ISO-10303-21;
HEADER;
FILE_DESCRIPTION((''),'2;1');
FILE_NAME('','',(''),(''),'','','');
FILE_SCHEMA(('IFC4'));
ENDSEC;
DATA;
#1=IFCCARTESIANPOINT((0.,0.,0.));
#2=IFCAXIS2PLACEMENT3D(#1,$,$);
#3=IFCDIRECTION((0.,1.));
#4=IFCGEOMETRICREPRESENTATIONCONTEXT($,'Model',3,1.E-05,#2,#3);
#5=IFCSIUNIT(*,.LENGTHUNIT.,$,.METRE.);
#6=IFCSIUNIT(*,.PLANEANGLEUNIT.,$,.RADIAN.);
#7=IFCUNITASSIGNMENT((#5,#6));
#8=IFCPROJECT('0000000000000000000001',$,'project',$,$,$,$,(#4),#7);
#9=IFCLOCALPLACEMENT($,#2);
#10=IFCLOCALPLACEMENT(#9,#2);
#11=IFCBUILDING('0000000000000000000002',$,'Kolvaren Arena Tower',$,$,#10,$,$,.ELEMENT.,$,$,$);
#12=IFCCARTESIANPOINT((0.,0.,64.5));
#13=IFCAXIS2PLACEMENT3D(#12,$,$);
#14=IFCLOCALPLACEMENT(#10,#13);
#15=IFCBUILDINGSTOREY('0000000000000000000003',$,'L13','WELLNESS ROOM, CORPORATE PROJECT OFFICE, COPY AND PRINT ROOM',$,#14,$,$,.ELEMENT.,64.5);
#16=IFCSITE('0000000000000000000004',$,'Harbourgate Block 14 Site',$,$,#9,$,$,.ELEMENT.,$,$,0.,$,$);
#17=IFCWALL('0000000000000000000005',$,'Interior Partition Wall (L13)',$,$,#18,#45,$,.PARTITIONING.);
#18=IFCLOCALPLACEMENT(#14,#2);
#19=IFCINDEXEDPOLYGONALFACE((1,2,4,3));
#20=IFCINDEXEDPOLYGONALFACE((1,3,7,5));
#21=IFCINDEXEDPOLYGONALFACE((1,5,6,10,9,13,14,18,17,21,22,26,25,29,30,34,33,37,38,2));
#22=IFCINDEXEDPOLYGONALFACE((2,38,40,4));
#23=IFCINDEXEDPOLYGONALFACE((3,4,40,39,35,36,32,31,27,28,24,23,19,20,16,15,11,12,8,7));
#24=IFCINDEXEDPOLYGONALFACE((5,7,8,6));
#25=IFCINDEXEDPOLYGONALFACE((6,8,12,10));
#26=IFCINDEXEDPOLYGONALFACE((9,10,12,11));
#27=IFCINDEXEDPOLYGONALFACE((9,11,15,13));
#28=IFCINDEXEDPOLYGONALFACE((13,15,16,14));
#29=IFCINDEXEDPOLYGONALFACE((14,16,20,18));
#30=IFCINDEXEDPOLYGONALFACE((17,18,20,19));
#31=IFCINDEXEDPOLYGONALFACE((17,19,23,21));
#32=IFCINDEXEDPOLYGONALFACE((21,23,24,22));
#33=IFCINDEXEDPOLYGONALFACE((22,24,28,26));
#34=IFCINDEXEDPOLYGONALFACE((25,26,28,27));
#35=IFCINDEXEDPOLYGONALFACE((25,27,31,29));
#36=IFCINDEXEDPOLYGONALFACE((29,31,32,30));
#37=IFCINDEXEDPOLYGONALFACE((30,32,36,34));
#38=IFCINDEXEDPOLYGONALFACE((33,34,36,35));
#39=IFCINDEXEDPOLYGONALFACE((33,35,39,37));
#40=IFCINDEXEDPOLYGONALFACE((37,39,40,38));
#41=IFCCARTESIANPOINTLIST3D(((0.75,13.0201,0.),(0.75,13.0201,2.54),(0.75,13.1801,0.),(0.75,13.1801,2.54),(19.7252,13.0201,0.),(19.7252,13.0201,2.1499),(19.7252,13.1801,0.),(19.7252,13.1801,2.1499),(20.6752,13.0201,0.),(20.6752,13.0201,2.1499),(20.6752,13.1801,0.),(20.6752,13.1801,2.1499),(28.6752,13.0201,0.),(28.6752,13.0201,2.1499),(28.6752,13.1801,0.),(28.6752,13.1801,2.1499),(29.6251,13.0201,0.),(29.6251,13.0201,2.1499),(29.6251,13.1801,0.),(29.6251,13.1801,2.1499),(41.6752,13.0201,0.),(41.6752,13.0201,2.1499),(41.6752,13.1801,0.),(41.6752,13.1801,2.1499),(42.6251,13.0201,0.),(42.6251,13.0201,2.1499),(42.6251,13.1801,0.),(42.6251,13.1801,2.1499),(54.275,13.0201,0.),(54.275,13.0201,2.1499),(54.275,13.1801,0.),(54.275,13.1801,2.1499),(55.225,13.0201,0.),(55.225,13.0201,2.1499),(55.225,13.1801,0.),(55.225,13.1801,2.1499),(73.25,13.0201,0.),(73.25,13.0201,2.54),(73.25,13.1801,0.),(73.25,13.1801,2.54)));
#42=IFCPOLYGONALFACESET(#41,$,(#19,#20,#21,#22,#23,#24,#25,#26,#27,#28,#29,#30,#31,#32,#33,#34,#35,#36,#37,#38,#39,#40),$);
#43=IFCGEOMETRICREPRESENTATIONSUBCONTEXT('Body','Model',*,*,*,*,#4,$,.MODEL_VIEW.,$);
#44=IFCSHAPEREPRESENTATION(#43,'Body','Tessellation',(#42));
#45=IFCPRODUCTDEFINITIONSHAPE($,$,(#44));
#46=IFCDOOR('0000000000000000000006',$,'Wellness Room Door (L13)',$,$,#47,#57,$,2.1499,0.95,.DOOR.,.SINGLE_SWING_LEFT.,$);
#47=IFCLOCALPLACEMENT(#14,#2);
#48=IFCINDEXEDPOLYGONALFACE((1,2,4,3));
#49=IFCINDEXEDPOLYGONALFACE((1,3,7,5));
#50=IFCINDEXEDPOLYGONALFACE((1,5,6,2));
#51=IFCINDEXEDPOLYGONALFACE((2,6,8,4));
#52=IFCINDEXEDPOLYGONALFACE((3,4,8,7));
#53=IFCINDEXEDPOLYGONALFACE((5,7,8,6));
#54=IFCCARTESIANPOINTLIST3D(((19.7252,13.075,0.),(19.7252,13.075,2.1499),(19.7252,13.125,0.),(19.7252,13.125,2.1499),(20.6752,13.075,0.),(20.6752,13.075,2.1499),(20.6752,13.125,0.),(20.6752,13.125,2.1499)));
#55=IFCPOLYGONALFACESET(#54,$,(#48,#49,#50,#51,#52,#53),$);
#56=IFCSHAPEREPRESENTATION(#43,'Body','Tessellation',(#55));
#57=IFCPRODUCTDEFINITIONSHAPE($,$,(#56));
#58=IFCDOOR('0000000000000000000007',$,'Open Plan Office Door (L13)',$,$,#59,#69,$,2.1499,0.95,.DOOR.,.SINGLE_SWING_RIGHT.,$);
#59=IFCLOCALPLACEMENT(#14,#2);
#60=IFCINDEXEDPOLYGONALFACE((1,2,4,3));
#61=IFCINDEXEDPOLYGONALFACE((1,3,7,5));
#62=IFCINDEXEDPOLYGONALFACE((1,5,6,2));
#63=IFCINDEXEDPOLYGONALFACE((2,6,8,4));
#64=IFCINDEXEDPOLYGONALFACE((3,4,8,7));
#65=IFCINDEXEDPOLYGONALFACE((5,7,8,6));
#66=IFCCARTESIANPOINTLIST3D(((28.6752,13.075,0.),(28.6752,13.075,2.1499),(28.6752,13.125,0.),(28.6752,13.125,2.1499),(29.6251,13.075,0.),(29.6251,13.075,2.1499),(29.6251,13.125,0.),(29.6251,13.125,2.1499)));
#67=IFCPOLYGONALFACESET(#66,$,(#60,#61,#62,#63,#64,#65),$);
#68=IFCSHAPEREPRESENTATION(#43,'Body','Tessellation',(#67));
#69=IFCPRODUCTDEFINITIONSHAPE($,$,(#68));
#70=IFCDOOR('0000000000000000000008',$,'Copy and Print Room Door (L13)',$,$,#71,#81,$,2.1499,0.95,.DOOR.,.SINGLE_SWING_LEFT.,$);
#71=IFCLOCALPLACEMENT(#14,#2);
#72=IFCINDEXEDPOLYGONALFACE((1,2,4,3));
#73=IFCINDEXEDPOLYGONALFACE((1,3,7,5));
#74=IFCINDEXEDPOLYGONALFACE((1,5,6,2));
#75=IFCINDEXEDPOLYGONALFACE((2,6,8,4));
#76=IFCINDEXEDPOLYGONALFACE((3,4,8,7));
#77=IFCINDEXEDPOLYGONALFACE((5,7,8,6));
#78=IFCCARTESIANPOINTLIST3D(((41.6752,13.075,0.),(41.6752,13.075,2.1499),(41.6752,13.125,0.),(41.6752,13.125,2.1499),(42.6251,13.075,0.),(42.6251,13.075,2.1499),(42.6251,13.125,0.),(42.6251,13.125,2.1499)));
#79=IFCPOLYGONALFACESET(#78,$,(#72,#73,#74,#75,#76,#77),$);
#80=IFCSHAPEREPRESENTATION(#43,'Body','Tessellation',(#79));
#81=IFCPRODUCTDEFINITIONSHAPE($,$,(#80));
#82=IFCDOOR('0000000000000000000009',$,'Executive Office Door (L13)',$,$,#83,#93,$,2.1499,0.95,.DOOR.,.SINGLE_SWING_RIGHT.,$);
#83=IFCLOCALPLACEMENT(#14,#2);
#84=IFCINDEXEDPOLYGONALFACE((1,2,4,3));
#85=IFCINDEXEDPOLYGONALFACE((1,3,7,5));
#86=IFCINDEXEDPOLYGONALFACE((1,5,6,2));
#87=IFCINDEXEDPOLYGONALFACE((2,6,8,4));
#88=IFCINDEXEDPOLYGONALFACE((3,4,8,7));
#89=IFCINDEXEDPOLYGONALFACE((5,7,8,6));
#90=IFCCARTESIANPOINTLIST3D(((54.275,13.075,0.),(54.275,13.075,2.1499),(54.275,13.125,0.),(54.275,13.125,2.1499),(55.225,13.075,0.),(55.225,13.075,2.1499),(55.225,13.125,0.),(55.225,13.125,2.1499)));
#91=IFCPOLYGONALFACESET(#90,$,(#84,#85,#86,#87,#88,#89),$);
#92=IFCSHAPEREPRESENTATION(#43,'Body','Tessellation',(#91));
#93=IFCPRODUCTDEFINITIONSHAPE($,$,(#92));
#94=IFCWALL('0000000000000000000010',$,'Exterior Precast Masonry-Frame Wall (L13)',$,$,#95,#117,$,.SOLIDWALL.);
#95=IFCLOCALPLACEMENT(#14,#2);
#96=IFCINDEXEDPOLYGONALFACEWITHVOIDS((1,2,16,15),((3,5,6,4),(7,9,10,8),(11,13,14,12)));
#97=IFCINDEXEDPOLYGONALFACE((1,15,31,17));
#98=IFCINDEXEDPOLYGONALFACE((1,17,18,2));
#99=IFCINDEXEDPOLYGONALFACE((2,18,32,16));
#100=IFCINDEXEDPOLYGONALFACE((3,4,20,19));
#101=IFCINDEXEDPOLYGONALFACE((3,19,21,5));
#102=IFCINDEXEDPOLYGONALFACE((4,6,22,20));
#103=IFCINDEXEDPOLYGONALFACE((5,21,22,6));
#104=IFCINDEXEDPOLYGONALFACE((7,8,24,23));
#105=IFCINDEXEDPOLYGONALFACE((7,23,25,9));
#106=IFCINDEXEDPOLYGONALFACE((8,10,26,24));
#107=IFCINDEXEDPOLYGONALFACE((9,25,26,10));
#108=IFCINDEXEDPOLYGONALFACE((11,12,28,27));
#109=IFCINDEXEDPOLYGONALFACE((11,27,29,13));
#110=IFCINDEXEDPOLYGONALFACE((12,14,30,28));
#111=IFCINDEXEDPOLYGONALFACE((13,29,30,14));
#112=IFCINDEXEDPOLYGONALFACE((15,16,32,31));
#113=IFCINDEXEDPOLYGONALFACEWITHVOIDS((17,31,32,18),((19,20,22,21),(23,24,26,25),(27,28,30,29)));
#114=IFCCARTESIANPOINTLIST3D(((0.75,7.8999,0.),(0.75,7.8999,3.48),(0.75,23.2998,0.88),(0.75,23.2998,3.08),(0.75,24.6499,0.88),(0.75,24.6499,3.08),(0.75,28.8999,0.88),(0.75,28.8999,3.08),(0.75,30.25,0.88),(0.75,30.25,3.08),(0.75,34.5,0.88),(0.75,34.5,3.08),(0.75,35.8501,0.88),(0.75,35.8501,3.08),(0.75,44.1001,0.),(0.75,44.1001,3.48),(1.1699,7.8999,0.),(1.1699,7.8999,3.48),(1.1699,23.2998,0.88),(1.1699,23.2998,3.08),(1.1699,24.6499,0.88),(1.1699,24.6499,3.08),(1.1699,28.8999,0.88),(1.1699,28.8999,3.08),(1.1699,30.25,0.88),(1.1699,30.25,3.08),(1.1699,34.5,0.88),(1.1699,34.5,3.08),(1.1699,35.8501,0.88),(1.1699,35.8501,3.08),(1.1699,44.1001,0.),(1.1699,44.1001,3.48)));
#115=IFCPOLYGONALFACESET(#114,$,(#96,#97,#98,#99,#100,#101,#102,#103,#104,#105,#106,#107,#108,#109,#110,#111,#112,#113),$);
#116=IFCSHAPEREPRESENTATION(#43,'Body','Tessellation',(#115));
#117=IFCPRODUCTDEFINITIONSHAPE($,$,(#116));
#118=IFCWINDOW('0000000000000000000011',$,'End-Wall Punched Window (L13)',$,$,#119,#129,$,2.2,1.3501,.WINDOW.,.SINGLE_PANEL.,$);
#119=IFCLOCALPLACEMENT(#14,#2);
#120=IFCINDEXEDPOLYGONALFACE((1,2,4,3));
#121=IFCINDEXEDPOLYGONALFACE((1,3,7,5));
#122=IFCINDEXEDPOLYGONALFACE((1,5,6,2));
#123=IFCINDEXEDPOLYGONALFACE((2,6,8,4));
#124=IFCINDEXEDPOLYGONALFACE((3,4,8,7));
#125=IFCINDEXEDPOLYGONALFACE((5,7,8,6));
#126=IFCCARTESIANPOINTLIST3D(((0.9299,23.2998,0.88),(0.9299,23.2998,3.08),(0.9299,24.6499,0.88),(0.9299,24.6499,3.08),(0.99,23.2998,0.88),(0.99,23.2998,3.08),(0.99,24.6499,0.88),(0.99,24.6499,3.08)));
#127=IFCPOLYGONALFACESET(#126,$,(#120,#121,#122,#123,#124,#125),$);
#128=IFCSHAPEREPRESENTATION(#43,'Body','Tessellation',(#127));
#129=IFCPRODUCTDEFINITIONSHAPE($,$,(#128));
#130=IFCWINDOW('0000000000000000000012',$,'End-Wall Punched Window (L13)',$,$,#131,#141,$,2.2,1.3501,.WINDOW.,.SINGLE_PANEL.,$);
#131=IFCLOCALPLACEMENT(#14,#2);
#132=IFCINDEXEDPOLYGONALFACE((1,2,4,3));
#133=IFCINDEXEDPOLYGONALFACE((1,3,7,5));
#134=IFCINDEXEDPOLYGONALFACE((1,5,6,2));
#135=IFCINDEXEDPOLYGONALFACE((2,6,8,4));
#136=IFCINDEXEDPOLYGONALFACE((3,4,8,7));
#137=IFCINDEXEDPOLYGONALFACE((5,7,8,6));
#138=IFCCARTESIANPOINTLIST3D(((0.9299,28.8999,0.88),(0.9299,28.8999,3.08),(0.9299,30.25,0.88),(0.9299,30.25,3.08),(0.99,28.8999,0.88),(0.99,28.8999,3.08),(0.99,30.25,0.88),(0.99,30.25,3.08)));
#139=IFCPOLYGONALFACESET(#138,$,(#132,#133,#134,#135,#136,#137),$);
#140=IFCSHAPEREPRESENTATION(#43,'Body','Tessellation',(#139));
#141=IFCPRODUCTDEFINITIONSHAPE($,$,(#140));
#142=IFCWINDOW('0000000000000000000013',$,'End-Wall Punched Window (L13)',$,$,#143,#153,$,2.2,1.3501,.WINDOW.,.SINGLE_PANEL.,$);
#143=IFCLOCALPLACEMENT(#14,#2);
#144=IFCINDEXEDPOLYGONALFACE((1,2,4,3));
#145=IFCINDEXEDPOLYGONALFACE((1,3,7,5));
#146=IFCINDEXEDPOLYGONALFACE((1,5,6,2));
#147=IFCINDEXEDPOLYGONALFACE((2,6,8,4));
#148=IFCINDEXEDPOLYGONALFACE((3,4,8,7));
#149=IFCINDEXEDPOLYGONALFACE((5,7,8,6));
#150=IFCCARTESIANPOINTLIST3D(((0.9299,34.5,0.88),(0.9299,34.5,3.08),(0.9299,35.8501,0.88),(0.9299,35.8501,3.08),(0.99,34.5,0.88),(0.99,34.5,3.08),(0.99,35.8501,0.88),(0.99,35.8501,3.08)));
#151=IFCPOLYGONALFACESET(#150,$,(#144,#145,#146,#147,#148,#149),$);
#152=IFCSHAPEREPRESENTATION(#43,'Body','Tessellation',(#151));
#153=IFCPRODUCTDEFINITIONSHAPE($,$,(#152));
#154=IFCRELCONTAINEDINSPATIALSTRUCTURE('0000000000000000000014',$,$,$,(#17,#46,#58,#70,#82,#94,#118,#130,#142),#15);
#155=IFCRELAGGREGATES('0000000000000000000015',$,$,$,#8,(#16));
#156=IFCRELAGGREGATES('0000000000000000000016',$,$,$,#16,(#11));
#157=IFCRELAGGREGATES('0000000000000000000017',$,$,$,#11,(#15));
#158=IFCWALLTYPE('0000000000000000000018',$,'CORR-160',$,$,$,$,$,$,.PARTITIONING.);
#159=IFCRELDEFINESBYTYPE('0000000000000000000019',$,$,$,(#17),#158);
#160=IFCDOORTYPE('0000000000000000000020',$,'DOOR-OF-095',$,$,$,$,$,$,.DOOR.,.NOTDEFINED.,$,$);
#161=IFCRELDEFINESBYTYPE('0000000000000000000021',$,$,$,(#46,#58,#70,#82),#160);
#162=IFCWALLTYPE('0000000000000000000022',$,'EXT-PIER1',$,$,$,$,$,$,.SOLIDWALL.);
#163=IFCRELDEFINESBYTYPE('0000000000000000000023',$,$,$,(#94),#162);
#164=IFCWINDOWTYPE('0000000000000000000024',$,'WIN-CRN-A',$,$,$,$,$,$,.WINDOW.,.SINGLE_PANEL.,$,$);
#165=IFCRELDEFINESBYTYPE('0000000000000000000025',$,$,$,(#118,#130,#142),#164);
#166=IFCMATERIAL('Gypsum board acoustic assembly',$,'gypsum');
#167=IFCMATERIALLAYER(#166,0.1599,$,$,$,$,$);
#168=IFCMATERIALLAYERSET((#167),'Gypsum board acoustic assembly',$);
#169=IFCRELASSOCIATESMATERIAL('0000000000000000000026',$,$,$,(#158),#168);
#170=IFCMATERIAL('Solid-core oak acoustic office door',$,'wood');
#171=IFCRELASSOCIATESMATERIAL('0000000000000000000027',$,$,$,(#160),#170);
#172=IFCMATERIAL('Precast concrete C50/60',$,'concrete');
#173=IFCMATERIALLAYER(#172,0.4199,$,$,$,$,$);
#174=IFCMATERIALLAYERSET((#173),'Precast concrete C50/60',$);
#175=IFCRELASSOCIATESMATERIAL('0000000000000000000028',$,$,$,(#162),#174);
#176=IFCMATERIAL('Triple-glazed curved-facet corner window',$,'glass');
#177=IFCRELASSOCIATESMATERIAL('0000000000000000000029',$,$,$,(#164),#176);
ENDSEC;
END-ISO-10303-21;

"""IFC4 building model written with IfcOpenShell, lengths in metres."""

from ifc_helpers import new_model, si_unit, direction, frame, frame_2d, origin, place, context, subcontext, project, spatial, rectangle, extrude, material, layer, layer_set, type_object, element, fill, save


model = new_model("IFC4")

# Units and contexts
model_context = context("Model", 3, precision=1e-05, world=origin(), true_north=direction((0.0, 1.0)))
body_context = subcontext(model_context, "Body", "Model", "MODEL_VIEW")
ifc_project = project(units=[si_unit("LENGTHUNIT", "METRE"), si_unit("PLANEANGLEUNIT", "RADIAN")], contexts=[model_context])

# Site, building, storey
site_placement = place(None, origin())
site = spatial("IfcSite", under=ifc_project, at=site_placement, Name="Harbourgate Block 14 Site", CompositionType="ELEMENT", RefElevation=0.0)
building_placement = place(site_placement, origin())
building = spatial("IfcBuilding", under=site, at=building_placement, Name="Kolvaren Arena Tower", CompositionType="ELEMENT")
storey_placement = place(building_placement, frame((0.0, 0.0, 64.5)))
storey = spatial("IfcBuildingStorey", under=building, at=storey_placement, Name="L13", Description="WELLNESS ROOM, CORPORATE PROJECT OFFICE, COPY AND PRINT ROOM", CompositionType="ELEMENT", Elevation=64.5)

# Wall, openings, doors
ifc_material_1 = material(Name="Gypsum board acoustic assembly", Category="gypsum")
ifc_layer_1 = layer(ifc_material_1, 0.1599)
ifc_layer_set_1 = layer_set([ifc_layer_1], Name="Gypsum board acoustic assembly")
wall_type_1 = type_object("IfcWallType", Name="CORR-160", PredefinedType="PARTITIONING", material=ifc_layer_set_1)
wall_1_placement = place(storey_placement, frame((0.75, 13.1001, 0.0), z_axis=(0.0, 0.0, 1.0), x_axis=(1.0, 0.0, 0.0)))
wall_1 = element("IfcWall", 1, at=wall_1_placement, inside=storey, type_object=wall_type_1, Name="Interior Partition Wall (L13)", PredefinedType="PARTITIONING", context=body_context, shape_type="SweptSolid", body=[
    extrude(rectangle(XDim=72.5, YDim=0.1599, at=frame_2d((36.25, 0.0))), origin(), (0.0, 0.0, 1.0), 2.54),
])
opening_1_placement = place(wall_1_placement, frame((18.9751, 0.0, 0.0)))
opening_1 = element("IfcOpeningElement", 2, at=opening_1_placement, cuts=wall_1, PredefinedType="OPENING", context=body_context, shape_type="SweptSolid", body=[
    extrude(rectangle(XDim=0.95, YDim=2.1499, at=frame_2d((0.4751, 1.075))), frame((0.0, 0.0898, 0.0), z_axis=(0.0, -1.0, 0.0), x_axis=(1.0, 0.0, 0.0)), (0.0, 0.0, 1.0), 0.1799),
])
opening_2_placement = place(wall_1_placement, frame((27.925, 0.0, 0.0)))
opening_2 = element("IfcOpeningElement", 3, at=opening_2_placement, cuts=wall_1, PredefinedType="OPENING", context=body_context, shape_type="SweptSolid", body=[
    extrude(rectangle(XDim=0.95, YDim=2.1499, at=frame_2d((0.4751, 1.075))), frame((0.0, 0.0898, 0.0), z_axis=(0.0, -1.0, 0.0), x_axis=(1.0, 0.0, 0.0)), (0.0, 0.0, 1.0), 0.1799),
])
opening_3_placement = place(wall_1_placement, frame((40.925, 0.0, 0.0)))
opening_3 = element("IfcOpeningElement", 4, at=opening_3_placement, cuts=wall_1, PredefinedType="OPENING", context=body_context, shape_type="SweptSolid", body=[
    extrude(rectangle(XDim=0.95, YDim=2.1499, at=frame_2d((0.4751, 1.075))), frame((0.0, 0.0898, 0.0), z_axis=(0.0, -1.0, 0.0), x_axis=(1.0, 0.0, 0.0)), (0.0, 0.0, 1.0), 0.1799),
])
opening_4_placement = place(wall_1_placement, frame((53.5249, 0.0, 0.0)))
opening_4 = element("IfcOpeningElement", 5, at=opening_4_placement, cuts=wall_1, PredefinedType="OPENING", context=body_context, shape_type="SweptSolid", body=[
    extrude(rectangle(XDim=0.95, YDim=2.1499, at=frame_2d((0.4751, 1.075))), frame((0.0, 0.0898, 0.0), z_axis=(0.0, -1.0, 0.0), x_axis=(1.0, 0.0, 0.0)), (0.0, 0.0, 1.0), 0.1799),
])
ifc_material_2 = material(Name="Solid-core oak acoustic office door", Category="wood")
door_type = type_object("IfcDoorType", Name="DOOR-OF-095", OperationType="NOTDEFINED", PredefinedType="DOOR", material=ifc_material_2)
door_1_placement = place(opening_1_placement, origin())
door_1 = element("IfcDoor", 6, at=door_1_placement, inside=storey, type_object=door_type, Name="Wellness Room Door (L13)", OperationType="SINGLE_SWING_LEFT", OverallHeight=2.1499, OverallWidth=0.95, PredefinedType="DOOR", context=body_context, shape_type="SweptSolid", body=[
    extrude(rectangle(XDim=0.95, YDim=2.1499, at=frame_2d((0.4751, 1.075))), frame((0.0, 0.0249, 0.0), z_axis=(0.0, -1.0, 0.0), x_axis=(1.0, 0.0, 0.0)), (0.0, 0.0, 1.0), 0.05),
])
fill(opening_1, door_1)
door_2_placement = place(opening_2_placement, origin())
door_2 = element("IfcDoor", 7, at=door_2_placement, inside=storey, type_object=door_type, Name="Open Plan Office Door (L13)", OperationType="SINGLE_SWING_RIGHT", OverallHeight=2.1499, OverallWidth=0.95, PredefinedType="DOOR", context=body_context, shape_type="SweptSolid", body=[
    extrude(rectangle(XDim=0.95, YDim=2.1499, at=frame_2d((0.4751, 1.075))), frame((0.0, 0.0249, 0.0), z_axis=(0.0, -1.0, 0.0), x_axis=(1.0, 0.0, 0.0)), (0.0, 0.0, 1.0), 0.05),
])
fill(opening_2, door_2)
door_3_placement = place(opening_3_placement, origin())
door_3 = element("IfcDoor", 8, at=door_3_placement, inside=storey, type_object=door_type, Name="Copy and Print Room Door (L13)", OperationType="SINGLE_SWING_LEFT", OverallHeight=2.1499, OverallWidth=0.95, PredefinedType="DOOR", context=body_context, shape_type="SweptSolid", body=[
    extrude(rectangle(XDim=0.95, YDim=2.1499, at=frame_2d((0.4751, 1.075))), frame((0.0, 0.0249, 0.0), z_axis=(0.0, -1.0, 0.0), x_axis=(1.0, 0.0, 0.0)), (0.0, 0.0, 1.0), 0.05),
])
fill(opening_3, door_3)
door_4_placement = place(opening_4_placement, origin())
door_4 = element("IfcDoor", 9, at=door_4_placement, inside=storey, type_object=door_type, Name="Executive Office Door (L13)", OperationType="SINGLE_SWING_RIGHT", OverallHeight=2.1499, OverallWidth=0.95, PredefinedType="DOOR", context=body_context, shape_type="SweptSolid", body=[
    extrude(rectangle(XDim=0.95, YDim=2.1499, at=frame_2d((0.4751, 1.075))), frame((0.0, 0.0249, 0.0), z_axis=(0.0, -1.0, 0.0), x_axis=(1.0, 0.0, 0.0)), (0.0, 0.0, 1.0), 0.05),
])
fill(opening_4, door_4)

# Wall, openings, windows
ifc_material_3 = material(Name="Precast concrete C50/60", Category="concrete")
ifc_layer_2 = layer(ifc_material_3, 0.4199)
ifc_layer_set_2 = layer_set([ifc_layer_2], Name="Precast concrete C50/60")
wall_type_2 = type_object("IfcWallType", Name="EXT-PIER1", PredefinedType="SOLIDWALL", material=ifc_layer_set_2)
wall_2_placement = place(storey_placement, frame((0.96, 7.8999, 0.0), z_axis=(0.0, 0.0, 1.0), x_axis=(0.0, 1.0, 0.0)))
wall_2 = element("IfcWall", 10, at=wall_2_placement, inside=storey, type_object=wall_type_2, Name="Exterior Precast Masonry-Frame Wall (L13)", PredefinedType="SOLIDWALL", context=body_context, shape_type="SweptSolid", body=[
    extrude(rectangle(XDim=36.2002, YDim=0.4199, at=frame_2d((18.1001, 0.0))), origin(), (0.0, 0.0, 1.0), 3.48),
])
opening_5_placement = place(wall_2_placement, frame((15.3999, 0.0, 0.8799)))
opening_5 = element("IfcOpeningElement", 11, at=opening_5_placement, cuts=wall_2, PredefinedType="OPENING", context=body_context, shape_type="SweptSolid", body=[
    extrude(rectangle(XDim=1.3501, YDim=2.2, at=frame_2d((0.675, 1.1001))), frame((0.0, 0.22, 0.0), z_axis=(0.0, -1.0, 0.0), x_axis=(1.0, 0.0, 0.0)), (0.0, 0.0, 1.0), 0.4399),
])
opening_6_placement = place(wall_2_placement, frame((21.0, 0.0, 0.8799)))
opening_6 = element("IfcOpeningElement", 12, at=opening_6_placement, cuts=wall_2, PredefinedType="OPENING", context=body_context, shape_type="SweptSolid", body=[
    extrude(rectangle(XDim=1.3501, YDim=2.2, at=frame_2d((0.675, 1.1001))), frame((0.0, 0.22, 0.0), z_axis=(0.0, -1.0, 0.0), x_axis=(1.0, 0.0, 0.0)), (0.0, 0.0, 1.0), 0.4399),
])
opening_7_placement = place(wall_2_placement, frame((26.6001, 0.0, 0.8799)))
opening_7 = element("IfcOpeningElement", 13, at=opening_7_placement, cuts=wall_2, PredefinedType="OPENING", context=body_context, shape_type="SweptSolid", body=[
    extrude(rectangle(XDim=1.3501, YDim=2.2, at=frame_2d((0.675, 1.1001))), frame((0.0, 0.22, 0.0), z_axis=(0.0, -1.0, 0.0), x_axis=(1.0, 0.0, 0.0)), (0.0, 0.0, 1.0), 0.4399),
])
ifc_material_4 = material(Name="Triple-glazed curved-facet corner window", Category="glass")
window_type = type_object("IfcWindowType", Name="WIN-CRN-A", PartitioningType="SINGLE_PANEL", PredefinedType="WINDOW", material=ifc_material_4)
window_1_placement = place(opening_5_placement, origin())
window_1 = element("IfcWindow", 14, at=window_1_placement, inside=storey, type_object=window_type, Name="End-Wall Punched Window (L13)", OverallHeight=2.2, OverallWidth=1.3501, PartitioningType="SINGLE_PANEL", PredefinedType="WINDOW", context=body_context, shape_type="SweptSolid", body=[
    extrude(rectangle(XDim=1.3501, YDim=2.2, at=frame_2d((0.675, 1.1001))), frame((0.0, 0.03, 0.0), z_axis=(0.0, -1.0, 0.0), x_axis=(1.0, 0.0, 0.0)), (0.0, 0.0, 1.0), 0.0601),
])
fill(opening_5, window_1)
window_2_placement = place(opening_6_placement, origin())
window_2 = element("IfcWindow", 15, at=window_2_placement, inside=storey, type_object=window_type, Name="End-Wall Punched Window (L13)", OverallHeight=2.2, OverallWidth=1.3501, PartitioningType="SINGLE_PANEL", PredefinedType="WINDOW", context=body_context, shape_type="SweptSolid", body=[
    extrude(rectangle(XDim=1.3501, YDim=2.2, at=frame_2d((0.675, 1.1001))), frame((0.0, 0.03, 0.0), z_axis=(0.0, -1.0, 0.0), x_axis=(1.0, 0.0, 0.0)), (0.0, 0.0, 1.0), 0.0601),
])
fill(opening_6, window_2)
window_3_placement = place(opening_7_placement, origin())
window_3 = element("IfcWindow", 16, at=window_3_placement, inside=storey, type_object=window_type, Name="End-Wall Punched Window (L13)", OverallHeight=2.2, OverallWidth=1.3501, PartitioningType="SINGLE_PANEL", PredefinedType="WINDOW", context=body_context, shape_type="SweptSolid", body=[
    extrude(rectangle(XDim=1.3501, YDim=2.2, at=frame_2d((0.675, 1.1001))), frame((0.0, 0.03, 0.0), z_axis=(0.0, -1.0, 0.0), x_axis=(1.0, 0.0, 0.0)), (0.0, 0.0, 1.0), 0.0601),
])
fill(opening_7, window_3)

save(model, "model.ifc")
